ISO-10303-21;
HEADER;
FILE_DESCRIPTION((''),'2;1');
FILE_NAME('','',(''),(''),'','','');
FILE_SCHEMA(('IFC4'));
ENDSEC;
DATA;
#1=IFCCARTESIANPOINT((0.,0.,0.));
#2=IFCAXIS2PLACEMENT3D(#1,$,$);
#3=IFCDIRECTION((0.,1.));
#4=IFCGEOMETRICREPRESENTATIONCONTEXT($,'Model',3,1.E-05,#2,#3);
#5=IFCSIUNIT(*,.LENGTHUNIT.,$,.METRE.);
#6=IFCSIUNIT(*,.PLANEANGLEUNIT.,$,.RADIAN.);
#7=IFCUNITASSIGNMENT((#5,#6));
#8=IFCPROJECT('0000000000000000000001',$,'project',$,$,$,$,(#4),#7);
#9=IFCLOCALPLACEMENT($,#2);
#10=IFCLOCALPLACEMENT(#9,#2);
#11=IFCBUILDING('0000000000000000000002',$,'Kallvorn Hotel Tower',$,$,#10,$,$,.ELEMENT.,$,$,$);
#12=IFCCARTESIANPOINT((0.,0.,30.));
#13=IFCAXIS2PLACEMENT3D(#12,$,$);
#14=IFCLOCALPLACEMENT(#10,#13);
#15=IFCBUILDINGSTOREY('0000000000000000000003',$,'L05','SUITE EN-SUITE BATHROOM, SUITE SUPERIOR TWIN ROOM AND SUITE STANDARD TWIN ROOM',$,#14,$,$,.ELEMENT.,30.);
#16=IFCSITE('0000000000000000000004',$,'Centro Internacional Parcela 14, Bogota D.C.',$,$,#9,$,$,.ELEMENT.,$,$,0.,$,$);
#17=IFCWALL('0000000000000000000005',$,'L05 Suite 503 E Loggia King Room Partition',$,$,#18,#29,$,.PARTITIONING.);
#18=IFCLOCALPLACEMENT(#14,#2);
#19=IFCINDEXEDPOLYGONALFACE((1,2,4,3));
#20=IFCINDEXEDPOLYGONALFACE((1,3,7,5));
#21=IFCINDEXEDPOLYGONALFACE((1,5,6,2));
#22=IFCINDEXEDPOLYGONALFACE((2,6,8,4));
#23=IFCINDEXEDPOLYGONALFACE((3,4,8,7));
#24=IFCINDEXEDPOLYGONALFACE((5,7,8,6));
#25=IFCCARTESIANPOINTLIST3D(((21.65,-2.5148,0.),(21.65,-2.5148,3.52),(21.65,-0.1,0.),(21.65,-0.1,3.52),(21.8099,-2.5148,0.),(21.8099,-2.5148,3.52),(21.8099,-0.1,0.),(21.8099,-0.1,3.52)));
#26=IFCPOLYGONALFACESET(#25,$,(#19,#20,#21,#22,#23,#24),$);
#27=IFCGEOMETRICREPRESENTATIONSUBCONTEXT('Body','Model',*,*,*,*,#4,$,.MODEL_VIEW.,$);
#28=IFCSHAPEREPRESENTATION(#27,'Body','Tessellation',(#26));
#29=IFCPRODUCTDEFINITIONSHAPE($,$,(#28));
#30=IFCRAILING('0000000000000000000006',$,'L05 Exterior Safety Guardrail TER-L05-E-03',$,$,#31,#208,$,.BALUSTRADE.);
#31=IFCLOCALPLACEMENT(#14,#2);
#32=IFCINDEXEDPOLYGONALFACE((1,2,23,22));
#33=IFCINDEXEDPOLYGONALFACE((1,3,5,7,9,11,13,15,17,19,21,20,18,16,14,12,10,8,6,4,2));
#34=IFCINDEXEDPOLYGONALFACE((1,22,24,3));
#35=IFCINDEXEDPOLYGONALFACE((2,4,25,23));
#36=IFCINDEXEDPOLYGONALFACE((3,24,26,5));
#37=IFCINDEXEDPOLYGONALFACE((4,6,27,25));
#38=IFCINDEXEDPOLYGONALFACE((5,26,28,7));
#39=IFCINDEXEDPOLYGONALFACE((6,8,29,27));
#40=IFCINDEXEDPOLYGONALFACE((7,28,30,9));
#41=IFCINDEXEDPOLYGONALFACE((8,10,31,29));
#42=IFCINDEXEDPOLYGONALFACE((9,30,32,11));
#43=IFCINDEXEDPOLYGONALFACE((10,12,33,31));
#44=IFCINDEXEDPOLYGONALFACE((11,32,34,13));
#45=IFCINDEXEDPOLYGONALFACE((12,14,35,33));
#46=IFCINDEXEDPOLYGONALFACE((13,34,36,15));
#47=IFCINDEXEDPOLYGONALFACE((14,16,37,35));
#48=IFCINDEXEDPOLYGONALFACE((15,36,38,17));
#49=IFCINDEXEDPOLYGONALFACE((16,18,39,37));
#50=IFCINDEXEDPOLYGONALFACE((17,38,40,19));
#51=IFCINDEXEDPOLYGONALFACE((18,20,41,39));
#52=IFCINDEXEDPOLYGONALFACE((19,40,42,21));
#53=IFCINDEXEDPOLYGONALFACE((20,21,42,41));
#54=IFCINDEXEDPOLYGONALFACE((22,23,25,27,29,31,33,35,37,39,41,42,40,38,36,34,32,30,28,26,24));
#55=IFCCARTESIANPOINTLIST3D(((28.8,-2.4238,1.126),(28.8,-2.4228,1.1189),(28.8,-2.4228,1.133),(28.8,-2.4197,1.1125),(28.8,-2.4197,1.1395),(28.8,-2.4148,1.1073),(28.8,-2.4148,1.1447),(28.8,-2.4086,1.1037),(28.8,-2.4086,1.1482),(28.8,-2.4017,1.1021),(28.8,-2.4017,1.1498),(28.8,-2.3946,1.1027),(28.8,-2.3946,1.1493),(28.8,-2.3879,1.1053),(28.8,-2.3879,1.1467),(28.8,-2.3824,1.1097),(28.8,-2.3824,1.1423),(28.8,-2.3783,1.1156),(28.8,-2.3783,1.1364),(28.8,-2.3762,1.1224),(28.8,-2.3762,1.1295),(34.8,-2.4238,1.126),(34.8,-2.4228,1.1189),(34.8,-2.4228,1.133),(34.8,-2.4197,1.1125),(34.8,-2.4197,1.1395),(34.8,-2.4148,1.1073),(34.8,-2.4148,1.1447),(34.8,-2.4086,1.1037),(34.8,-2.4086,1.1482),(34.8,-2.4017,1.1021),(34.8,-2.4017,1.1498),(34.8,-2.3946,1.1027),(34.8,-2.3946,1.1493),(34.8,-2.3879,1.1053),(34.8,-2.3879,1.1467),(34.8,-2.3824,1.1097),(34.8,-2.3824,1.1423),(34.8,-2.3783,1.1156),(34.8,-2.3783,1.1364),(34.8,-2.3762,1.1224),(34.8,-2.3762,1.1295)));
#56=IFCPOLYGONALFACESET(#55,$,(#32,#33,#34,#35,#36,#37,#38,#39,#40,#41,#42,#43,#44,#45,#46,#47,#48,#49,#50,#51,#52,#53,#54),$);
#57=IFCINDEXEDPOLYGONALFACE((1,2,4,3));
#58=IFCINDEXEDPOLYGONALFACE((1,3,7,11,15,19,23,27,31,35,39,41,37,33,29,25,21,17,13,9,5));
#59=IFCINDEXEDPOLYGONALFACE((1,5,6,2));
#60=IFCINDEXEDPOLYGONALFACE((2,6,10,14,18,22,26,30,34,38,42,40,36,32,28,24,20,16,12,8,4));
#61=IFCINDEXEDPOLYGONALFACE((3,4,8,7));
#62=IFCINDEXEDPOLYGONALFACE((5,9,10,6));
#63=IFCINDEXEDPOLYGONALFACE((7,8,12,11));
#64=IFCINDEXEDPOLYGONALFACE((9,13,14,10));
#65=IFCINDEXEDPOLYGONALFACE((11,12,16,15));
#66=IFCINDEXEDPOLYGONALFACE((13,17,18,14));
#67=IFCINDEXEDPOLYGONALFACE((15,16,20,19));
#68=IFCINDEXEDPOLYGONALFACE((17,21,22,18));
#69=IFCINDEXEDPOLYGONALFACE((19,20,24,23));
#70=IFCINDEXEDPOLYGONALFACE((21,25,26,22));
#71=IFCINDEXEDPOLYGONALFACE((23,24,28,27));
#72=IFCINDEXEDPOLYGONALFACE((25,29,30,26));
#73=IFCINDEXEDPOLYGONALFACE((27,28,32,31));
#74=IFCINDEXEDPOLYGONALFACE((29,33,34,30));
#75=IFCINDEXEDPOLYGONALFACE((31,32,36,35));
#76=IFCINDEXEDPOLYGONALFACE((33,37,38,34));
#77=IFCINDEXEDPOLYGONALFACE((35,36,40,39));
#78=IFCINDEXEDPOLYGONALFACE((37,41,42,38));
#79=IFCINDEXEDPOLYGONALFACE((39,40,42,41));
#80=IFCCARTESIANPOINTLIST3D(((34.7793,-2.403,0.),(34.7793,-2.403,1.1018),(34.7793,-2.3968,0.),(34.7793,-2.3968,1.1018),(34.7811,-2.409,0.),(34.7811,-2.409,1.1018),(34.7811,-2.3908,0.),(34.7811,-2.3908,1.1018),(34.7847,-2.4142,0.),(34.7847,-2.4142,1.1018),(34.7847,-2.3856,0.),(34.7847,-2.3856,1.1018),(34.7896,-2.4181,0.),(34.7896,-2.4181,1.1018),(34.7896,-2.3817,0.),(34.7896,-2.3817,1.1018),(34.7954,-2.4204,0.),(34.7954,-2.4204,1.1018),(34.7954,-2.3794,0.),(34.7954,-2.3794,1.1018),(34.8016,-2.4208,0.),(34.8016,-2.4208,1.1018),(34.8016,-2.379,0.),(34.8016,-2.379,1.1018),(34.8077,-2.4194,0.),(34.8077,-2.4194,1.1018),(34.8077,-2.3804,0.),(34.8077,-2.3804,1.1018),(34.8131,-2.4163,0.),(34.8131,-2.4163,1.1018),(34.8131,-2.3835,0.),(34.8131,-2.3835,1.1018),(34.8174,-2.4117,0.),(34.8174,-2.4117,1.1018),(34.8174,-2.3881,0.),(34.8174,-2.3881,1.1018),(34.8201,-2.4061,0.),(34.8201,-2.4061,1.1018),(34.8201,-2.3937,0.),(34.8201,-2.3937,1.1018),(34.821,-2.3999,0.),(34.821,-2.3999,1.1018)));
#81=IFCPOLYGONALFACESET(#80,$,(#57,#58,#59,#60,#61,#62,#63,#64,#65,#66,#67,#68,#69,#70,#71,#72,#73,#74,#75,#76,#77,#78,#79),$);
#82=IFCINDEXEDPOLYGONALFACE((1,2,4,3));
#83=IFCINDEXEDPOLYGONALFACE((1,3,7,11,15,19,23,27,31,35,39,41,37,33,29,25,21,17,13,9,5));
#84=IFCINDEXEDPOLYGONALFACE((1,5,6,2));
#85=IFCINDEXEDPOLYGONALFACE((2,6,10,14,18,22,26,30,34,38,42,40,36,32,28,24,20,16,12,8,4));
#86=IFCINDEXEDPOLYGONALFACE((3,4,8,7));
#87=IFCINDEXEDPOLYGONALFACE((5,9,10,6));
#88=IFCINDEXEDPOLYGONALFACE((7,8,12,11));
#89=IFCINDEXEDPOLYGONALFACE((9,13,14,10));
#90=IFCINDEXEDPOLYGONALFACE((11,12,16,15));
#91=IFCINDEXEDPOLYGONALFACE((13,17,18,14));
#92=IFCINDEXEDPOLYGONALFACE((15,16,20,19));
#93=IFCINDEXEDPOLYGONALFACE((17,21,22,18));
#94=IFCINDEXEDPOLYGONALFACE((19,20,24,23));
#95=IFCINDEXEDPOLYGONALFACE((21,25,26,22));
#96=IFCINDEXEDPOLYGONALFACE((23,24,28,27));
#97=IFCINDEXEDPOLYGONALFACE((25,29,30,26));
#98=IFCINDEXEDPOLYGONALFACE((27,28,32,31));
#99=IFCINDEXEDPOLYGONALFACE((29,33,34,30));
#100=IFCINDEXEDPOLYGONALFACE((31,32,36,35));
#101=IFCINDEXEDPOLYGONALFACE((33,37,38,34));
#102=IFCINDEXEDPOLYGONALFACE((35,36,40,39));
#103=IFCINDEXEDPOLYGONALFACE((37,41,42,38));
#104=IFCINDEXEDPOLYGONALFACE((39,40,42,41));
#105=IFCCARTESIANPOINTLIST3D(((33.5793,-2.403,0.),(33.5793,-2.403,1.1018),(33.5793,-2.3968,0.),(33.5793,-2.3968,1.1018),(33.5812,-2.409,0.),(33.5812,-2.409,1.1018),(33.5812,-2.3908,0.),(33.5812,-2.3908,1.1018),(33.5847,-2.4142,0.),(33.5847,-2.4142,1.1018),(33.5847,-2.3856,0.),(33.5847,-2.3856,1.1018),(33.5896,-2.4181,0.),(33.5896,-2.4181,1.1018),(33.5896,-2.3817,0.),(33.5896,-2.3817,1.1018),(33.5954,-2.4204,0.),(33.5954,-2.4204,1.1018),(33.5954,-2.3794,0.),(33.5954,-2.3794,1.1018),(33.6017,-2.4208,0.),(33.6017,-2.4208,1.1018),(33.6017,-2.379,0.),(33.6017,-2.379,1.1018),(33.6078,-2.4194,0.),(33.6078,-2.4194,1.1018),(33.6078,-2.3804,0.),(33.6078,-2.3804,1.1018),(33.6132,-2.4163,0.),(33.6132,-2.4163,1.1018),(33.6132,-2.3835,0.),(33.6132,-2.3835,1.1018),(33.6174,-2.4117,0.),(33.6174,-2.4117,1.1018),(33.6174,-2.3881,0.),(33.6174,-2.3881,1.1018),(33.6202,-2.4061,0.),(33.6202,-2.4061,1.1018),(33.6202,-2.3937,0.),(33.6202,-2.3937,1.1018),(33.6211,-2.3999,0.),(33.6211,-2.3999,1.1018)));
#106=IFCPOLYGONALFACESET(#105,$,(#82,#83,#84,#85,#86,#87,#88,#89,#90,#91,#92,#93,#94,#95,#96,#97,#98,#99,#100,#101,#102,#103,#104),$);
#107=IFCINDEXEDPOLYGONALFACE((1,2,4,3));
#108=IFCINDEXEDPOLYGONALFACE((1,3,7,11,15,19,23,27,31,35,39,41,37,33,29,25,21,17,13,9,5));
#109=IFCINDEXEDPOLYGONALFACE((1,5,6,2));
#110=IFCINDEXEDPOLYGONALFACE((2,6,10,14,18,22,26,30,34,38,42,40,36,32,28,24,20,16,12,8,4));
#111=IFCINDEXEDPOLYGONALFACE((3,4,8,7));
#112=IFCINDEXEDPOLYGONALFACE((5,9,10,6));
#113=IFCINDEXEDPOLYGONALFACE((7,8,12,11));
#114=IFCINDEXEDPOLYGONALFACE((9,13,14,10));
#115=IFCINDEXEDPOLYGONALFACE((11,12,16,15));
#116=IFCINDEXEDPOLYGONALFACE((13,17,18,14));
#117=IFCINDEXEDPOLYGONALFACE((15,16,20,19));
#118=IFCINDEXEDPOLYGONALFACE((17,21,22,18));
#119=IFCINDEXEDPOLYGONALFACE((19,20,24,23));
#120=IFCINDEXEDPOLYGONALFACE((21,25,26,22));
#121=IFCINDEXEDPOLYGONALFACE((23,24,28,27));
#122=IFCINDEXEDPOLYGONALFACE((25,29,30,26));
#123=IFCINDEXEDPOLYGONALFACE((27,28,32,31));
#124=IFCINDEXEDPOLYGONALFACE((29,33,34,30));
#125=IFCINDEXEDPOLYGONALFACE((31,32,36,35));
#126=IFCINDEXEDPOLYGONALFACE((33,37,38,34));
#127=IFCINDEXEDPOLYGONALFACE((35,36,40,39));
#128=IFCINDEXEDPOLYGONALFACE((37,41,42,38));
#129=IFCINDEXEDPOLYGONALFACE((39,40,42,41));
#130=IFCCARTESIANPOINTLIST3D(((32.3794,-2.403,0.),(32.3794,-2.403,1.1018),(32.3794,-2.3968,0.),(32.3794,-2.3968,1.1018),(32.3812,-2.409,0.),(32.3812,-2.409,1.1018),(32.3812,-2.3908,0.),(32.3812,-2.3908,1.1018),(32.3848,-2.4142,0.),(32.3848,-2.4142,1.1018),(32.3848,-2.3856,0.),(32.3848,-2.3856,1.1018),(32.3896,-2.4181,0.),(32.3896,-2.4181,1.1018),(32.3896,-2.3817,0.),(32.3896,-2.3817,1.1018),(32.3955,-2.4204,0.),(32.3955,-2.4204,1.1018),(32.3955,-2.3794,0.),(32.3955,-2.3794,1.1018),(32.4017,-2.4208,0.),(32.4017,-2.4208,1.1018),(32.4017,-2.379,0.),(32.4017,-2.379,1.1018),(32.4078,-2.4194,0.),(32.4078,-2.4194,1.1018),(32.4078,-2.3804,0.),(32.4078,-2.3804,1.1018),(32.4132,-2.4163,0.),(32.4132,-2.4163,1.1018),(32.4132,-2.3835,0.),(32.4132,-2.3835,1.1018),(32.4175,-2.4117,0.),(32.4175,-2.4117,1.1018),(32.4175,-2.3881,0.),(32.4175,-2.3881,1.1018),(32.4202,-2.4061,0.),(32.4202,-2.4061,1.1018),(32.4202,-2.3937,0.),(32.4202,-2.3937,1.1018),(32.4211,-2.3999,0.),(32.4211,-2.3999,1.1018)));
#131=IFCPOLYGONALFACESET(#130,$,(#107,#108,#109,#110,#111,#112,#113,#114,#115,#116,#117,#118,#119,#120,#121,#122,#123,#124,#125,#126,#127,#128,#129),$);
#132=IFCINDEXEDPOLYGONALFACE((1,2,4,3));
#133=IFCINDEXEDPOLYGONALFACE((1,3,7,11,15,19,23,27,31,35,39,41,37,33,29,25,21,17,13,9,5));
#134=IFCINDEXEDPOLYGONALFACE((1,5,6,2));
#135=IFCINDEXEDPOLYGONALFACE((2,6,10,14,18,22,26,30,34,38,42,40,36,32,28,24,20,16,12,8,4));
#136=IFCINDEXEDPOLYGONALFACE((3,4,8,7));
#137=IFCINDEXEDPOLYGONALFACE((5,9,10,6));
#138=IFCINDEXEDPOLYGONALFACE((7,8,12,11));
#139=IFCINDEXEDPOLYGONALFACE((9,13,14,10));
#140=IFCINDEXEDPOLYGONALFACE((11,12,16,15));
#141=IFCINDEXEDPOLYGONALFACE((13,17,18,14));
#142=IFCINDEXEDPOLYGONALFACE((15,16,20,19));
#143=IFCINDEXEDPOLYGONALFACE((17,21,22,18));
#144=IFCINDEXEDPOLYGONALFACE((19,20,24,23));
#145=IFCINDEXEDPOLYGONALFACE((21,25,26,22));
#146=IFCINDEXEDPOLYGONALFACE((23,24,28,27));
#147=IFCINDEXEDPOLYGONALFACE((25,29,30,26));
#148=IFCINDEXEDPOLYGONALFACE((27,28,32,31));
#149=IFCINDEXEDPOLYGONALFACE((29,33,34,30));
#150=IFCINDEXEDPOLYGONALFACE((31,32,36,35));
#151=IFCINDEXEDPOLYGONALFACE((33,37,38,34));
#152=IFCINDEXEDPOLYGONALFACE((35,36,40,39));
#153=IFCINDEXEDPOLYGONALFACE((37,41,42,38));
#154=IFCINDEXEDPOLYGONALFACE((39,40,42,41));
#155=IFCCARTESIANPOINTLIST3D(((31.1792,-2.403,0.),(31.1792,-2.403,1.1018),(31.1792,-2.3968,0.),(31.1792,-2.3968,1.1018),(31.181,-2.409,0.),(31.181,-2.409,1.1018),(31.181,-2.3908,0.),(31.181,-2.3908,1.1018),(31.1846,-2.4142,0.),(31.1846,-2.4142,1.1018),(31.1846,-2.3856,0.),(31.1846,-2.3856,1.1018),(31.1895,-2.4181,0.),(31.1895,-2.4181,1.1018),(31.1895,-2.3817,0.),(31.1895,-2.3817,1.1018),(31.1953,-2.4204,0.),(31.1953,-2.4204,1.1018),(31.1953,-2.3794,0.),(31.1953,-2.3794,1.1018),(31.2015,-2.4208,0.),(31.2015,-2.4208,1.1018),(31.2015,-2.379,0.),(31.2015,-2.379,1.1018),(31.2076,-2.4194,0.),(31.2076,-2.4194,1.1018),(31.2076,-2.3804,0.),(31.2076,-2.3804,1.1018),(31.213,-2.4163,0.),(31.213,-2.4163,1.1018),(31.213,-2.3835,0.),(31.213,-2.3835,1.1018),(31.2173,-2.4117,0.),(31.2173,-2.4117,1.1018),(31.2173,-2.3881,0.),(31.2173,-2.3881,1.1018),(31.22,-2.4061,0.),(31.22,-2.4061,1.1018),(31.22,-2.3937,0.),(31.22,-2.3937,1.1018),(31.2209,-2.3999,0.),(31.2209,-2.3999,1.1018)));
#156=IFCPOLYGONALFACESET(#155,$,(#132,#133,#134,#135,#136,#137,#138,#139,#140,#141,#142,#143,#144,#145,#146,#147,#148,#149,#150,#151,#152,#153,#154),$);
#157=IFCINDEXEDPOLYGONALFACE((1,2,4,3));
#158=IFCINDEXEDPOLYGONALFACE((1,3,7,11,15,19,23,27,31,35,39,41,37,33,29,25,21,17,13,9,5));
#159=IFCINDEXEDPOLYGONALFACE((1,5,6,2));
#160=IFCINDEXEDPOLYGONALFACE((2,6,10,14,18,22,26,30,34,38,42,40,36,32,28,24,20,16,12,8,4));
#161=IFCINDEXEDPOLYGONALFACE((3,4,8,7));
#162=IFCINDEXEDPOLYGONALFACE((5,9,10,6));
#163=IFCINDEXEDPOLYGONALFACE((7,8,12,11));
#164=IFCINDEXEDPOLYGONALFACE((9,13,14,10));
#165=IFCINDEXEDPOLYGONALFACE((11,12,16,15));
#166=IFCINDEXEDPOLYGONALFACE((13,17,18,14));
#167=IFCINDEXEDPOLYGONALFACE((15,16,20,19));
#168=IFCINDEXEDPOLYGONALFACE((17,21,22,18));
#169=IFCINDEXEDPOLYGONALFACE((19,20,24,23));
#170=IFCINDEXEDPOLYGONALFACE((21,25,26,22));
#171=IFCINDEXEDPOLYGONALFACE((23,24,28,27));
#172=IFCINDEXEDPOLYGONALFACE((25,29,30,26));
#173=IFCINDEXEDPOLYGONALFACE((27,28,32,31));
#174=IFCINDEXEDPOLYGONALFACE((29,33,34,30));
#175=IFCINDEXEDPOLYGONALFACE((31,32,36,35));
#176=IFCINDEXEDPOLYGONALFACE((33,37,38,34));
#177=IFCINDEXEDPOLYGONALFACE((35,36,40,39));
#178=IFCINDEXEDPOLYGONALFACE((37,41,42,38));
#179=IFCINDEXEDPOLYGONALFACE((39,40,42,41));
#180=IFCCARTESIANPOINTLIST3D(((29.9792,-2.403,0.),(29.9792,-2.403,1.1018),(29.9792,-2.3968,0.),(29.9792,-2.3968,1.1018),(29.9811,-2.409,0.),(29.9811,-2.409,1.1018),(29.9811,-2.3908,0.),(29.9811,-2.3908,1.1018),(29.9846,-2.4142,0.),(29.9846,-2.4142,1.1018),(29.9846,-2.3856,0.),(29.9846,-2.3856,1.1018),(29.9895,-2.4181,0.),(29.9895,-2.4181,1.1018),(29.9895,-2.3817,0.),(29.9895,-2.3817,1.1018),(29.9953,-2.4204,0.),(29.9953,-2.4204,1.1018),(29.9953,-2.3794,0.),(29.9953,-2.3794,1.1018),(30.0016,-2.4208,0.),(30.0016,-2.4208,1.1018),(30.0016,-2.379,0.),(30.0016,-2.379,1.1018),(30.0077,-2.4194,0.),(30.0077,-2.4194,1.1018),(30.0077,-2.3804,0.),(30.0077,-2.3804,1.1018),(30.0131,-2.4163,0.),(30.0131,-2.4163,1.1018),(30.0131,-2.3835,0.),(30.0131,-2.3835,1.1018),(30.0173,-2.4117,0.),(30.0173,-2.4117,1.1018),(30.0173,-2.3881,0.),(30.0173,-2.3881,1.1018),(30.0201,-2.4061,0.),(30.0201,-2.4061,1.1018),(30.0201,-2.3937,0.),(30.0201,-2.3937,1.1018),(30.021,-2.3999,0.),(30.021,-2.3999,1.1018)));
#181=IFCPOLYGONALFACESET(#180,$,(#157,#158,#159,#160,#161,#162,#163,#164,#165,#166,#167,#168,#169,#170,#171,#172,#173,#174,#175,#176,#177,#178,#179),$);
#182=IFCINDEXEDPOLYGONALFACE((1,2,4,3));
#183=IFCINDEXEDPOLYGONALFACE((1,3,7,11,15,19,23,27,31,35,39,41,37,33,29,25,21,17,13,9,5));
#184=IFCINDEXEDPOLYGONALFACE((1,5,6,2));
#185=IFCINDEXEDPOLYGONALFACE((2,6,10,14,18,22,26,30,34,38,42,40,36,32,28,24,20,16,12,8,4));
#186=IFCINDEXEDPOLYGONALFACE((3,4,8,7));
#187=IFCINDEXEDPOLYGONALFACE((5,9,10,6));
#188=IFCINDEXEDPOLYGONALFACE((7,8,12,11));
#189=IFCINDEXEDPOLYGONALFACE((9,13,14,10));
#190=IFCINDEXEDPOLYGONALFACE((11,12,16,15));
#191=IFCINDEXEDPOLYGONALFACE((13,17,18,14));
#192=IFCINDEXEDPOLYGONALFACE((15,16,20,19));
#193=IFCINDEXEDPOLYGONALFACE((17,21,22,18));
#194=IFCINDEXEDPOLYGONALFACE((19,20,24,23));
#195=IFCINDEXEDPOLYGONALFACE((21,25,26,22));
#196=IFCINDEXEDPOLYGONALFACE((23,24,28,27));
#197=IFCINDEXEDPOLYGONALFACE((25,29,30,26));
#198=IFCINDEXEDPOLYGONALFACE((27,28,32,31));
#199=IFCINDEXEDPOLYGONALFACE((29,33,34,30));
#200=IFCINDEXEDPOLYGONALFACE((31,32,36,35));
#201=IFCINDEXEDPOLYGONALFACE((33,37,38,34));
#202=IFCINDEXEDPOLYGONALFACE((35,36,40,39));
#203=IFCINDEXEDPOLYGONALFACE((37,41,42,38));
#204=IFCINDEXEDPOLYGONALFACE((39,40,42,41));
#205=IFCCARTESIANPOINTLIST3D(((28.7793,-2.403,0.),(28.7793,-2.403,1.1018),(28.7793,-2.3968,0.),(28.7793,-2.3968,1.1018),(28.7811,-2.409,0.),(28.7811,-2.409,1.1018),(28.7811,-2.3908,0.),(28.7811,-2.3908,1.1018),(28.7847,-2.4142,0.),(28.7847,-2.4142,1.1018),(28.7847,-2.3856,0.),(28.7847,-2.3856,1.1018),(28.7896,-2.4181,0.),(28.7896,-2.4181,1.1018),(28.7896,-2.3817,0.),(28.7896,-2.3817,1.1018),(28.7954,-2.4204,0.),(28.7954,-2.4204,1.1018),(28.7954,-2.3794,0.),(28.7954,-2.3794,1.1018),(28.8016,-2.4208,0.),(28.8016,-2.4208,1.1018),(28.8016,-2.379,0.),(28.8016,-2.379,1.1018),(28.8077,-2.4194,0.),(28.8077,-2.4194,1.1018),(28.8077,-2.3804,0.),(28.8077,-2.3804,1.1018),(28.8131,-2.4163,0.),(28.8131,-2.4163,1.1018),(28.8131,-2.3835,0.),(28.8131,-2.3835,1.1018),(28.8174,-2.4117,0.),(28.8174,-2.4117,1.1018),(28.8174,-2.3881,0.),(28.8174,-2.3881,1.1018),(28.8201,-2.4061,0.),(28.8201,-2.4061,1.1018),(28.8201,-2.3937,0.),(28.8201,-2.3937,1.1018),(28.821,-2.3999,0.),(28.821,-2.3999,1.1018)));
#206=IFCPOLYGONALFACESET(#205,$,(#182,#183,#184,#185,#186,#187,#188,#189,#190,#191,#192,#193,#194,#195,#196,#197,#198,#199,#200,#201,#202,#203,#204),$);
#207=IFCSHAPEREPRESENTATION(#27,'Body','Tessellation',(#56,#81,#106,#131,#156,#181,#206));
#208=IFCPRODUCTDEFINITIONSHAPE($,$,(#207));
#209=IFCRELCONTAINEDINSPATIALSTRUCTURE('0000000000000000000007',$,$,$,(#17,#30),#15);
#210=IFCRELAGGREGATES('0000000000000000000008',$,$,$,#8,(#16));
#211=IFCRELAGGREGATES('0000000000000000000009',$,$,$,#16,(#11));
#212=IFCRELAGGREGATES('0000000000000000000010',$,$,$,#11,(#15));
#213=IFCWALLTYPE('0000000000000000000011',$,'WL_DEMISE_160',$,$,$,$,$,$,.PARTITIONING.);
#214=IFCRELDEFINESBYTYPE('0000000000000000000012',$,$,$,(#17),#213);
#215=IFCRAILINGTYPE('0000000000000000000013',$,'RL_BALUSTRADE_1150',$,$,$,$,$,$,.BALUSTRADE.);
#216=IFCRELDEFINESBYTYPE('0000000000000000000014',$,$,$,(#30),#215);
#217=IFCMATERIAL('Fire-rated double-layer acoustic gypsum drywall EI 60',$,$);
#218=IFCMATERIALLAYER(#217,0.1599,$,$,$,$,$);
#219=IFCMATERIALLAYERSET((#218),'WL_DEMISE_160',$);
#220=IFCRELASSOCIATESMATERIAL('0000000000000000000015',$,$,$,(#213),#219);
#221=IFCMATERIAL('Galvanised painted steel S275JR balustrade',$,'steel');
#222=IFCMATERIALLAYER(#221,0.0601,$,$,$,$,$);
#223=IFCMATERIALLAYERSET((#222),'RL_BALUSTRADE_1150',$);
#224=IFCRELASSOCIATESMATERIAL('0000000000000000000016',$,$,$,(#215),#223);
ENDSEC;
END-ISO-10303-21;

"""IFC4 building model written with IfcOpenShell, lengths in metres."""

from ifc_helpers import new_model, si_unit, direction, frame, frame_2d, origin, origin_2d, place, context, subcontext, project, spatial, rectangle, circle, extrude, material, layer, layer_set, type_object, element, save


model = new_model("IFC4")

# Units and contexts
model_context = context("Model", 3, precision=1e-05, world=origin(), true_north=direction((0.0, 1.0)))
body_context = subcontext(model_context, "Body", "Model", "MODEL_VIEW")
ifc_project = project(units=[si_unit("LENGTHUNIT", "METRE"), si_unit("PLANEANGLEUNIT", "RADIAN")], contexts=[model_context])

# Site, building, storey
site_placement = place(None, origin())
site = spatial("IfcSite", under=ifc_project, at=site_placement, Name="Centro Internacional Parcela 14, Bogota D.C.", CompositionType="ELEMENT", RefElevation=0.0)
building_placement = place(site_placement, origin())
building = spatial("IfcBuilding", under=site, at=building_placement, Name="Kallvorn Hotel Tower", CompositionType="ELEMENT")
storey_placement = place(building_placement, frame((0.0, 0.0, 30.0)))
storey = spatial("IfcBuildingStorey", under=building, at=storey_placement, Name="L05", Description="SUITE EN-SUITE BATHROOM, SUITE SUPERIOR TWIN ROOM AND SUITE STANDARD TWIN ROOM", CompositionType="ELEMENT", Elevation=30.0)

# Wall
ifc_material_1 = material(Name="Fire-rated double-layer acoustic gypsum drywall EI 60")
ifc_layer_1 = layer(ifc_material_1, 0.1599)
ifc_layer_set_1 = layer_set([ifc_layer_1], Name="WL_DEMISE_160")
wall_type = type_object("IfcWallType", Name="WL_DEMISE_160", PredefinedType="PARTITIONING", material=ifc_layer_set_1)
wall_placement = place(storey_placement, frame((21.73, -2.5149, 0.0), z_axis=(0.0, 0.0, 1.0), x_axis=(0.0, 1.0, 0.0)))
element("IfcWall", 1, at=wall_placement, inside=storey, type_object=wall_type, Name="L05 Suite 503 E Loggia King Room Partition", PredefinedType="PARTITIONING", context=body_context, shape_type="SweptSolid", body=[
    extrude(rectangle(XDim=2.4148, YDim=0.1599, at=frame_2d((1.2075, 0.0))), origin(), (0.0, 0.0, 1.0), 3.52),
])

# Railing
ifc_material_2 = material(Name="Galvanised painted steel S275JR balustrade", Category="steel")
ifc_layer_2 = layer(ifc_material_2, 0.0601)
ifc_layer_set_2 = layer_set([ifc_layer_2], Name="RL_BALUSTRADE_1150")
railing_type = type_object("IfcRailingType", Name="RL_BALUSTRADE_1150", PredefinedType="BALUSTRADE", material=ifc_layer_set_2)
railing_placement = place(storey_placement, frame((34.8, -2.3999, 0.0)))
element("IfcRailing", 2, at=railing_placement, inside=storey, type_object=railing_type, Name="L05 Exterior Safety Guardrail TER-L05-E-03", PredefinedType="BALUSTRADE", context=body_context, shape_type="SweptSolid", body=[
    extrude(circle(Radius=0.0239, at=origin_2d()), frame((0.0, 0.0, 1.126), z_axis=(-1.0, 0.0, 0.0), x_axis=(0.0, -1.0, 0.0)), (0.0, 0.0, 1.0), 6.0),
    extrude(circle(Radius=0.021, at=origin_2d()), origin(), (0.0, 0.0, 1.0), 1.1018),
    extrude(circle(Radius=0.021, at=origin_2d()), frame((-1.2, 0.0, 0.0)), (0.0, 0.0, 1.0), 1.1018),
    extrude(circle(Radius=0.021, at=origin_2d()), frame((-2.3999, 0.0, 0.0)), (0.0, 0.0, 1.0), 1.1018),
    extrude(circle(Radius=0.021, at=origin_2d()), frame((-3.6001, 0.0, 0.0)), (0.0, 0.0, 1.0), 1.1018),
    extrude(circle(Radius=0.021, at=origin_2d()), frame((-4.8, 0.0, 0.0)), (0.0, 0.0, 1.0), 1.1018),
    extrude(circle(Radius=0.021, at=origin_2d()), frame((-6.0, 0.0, 0.0)), (0.0, 0.0, 1.0), 1.1018),
])

save(model, "model.ifc")
